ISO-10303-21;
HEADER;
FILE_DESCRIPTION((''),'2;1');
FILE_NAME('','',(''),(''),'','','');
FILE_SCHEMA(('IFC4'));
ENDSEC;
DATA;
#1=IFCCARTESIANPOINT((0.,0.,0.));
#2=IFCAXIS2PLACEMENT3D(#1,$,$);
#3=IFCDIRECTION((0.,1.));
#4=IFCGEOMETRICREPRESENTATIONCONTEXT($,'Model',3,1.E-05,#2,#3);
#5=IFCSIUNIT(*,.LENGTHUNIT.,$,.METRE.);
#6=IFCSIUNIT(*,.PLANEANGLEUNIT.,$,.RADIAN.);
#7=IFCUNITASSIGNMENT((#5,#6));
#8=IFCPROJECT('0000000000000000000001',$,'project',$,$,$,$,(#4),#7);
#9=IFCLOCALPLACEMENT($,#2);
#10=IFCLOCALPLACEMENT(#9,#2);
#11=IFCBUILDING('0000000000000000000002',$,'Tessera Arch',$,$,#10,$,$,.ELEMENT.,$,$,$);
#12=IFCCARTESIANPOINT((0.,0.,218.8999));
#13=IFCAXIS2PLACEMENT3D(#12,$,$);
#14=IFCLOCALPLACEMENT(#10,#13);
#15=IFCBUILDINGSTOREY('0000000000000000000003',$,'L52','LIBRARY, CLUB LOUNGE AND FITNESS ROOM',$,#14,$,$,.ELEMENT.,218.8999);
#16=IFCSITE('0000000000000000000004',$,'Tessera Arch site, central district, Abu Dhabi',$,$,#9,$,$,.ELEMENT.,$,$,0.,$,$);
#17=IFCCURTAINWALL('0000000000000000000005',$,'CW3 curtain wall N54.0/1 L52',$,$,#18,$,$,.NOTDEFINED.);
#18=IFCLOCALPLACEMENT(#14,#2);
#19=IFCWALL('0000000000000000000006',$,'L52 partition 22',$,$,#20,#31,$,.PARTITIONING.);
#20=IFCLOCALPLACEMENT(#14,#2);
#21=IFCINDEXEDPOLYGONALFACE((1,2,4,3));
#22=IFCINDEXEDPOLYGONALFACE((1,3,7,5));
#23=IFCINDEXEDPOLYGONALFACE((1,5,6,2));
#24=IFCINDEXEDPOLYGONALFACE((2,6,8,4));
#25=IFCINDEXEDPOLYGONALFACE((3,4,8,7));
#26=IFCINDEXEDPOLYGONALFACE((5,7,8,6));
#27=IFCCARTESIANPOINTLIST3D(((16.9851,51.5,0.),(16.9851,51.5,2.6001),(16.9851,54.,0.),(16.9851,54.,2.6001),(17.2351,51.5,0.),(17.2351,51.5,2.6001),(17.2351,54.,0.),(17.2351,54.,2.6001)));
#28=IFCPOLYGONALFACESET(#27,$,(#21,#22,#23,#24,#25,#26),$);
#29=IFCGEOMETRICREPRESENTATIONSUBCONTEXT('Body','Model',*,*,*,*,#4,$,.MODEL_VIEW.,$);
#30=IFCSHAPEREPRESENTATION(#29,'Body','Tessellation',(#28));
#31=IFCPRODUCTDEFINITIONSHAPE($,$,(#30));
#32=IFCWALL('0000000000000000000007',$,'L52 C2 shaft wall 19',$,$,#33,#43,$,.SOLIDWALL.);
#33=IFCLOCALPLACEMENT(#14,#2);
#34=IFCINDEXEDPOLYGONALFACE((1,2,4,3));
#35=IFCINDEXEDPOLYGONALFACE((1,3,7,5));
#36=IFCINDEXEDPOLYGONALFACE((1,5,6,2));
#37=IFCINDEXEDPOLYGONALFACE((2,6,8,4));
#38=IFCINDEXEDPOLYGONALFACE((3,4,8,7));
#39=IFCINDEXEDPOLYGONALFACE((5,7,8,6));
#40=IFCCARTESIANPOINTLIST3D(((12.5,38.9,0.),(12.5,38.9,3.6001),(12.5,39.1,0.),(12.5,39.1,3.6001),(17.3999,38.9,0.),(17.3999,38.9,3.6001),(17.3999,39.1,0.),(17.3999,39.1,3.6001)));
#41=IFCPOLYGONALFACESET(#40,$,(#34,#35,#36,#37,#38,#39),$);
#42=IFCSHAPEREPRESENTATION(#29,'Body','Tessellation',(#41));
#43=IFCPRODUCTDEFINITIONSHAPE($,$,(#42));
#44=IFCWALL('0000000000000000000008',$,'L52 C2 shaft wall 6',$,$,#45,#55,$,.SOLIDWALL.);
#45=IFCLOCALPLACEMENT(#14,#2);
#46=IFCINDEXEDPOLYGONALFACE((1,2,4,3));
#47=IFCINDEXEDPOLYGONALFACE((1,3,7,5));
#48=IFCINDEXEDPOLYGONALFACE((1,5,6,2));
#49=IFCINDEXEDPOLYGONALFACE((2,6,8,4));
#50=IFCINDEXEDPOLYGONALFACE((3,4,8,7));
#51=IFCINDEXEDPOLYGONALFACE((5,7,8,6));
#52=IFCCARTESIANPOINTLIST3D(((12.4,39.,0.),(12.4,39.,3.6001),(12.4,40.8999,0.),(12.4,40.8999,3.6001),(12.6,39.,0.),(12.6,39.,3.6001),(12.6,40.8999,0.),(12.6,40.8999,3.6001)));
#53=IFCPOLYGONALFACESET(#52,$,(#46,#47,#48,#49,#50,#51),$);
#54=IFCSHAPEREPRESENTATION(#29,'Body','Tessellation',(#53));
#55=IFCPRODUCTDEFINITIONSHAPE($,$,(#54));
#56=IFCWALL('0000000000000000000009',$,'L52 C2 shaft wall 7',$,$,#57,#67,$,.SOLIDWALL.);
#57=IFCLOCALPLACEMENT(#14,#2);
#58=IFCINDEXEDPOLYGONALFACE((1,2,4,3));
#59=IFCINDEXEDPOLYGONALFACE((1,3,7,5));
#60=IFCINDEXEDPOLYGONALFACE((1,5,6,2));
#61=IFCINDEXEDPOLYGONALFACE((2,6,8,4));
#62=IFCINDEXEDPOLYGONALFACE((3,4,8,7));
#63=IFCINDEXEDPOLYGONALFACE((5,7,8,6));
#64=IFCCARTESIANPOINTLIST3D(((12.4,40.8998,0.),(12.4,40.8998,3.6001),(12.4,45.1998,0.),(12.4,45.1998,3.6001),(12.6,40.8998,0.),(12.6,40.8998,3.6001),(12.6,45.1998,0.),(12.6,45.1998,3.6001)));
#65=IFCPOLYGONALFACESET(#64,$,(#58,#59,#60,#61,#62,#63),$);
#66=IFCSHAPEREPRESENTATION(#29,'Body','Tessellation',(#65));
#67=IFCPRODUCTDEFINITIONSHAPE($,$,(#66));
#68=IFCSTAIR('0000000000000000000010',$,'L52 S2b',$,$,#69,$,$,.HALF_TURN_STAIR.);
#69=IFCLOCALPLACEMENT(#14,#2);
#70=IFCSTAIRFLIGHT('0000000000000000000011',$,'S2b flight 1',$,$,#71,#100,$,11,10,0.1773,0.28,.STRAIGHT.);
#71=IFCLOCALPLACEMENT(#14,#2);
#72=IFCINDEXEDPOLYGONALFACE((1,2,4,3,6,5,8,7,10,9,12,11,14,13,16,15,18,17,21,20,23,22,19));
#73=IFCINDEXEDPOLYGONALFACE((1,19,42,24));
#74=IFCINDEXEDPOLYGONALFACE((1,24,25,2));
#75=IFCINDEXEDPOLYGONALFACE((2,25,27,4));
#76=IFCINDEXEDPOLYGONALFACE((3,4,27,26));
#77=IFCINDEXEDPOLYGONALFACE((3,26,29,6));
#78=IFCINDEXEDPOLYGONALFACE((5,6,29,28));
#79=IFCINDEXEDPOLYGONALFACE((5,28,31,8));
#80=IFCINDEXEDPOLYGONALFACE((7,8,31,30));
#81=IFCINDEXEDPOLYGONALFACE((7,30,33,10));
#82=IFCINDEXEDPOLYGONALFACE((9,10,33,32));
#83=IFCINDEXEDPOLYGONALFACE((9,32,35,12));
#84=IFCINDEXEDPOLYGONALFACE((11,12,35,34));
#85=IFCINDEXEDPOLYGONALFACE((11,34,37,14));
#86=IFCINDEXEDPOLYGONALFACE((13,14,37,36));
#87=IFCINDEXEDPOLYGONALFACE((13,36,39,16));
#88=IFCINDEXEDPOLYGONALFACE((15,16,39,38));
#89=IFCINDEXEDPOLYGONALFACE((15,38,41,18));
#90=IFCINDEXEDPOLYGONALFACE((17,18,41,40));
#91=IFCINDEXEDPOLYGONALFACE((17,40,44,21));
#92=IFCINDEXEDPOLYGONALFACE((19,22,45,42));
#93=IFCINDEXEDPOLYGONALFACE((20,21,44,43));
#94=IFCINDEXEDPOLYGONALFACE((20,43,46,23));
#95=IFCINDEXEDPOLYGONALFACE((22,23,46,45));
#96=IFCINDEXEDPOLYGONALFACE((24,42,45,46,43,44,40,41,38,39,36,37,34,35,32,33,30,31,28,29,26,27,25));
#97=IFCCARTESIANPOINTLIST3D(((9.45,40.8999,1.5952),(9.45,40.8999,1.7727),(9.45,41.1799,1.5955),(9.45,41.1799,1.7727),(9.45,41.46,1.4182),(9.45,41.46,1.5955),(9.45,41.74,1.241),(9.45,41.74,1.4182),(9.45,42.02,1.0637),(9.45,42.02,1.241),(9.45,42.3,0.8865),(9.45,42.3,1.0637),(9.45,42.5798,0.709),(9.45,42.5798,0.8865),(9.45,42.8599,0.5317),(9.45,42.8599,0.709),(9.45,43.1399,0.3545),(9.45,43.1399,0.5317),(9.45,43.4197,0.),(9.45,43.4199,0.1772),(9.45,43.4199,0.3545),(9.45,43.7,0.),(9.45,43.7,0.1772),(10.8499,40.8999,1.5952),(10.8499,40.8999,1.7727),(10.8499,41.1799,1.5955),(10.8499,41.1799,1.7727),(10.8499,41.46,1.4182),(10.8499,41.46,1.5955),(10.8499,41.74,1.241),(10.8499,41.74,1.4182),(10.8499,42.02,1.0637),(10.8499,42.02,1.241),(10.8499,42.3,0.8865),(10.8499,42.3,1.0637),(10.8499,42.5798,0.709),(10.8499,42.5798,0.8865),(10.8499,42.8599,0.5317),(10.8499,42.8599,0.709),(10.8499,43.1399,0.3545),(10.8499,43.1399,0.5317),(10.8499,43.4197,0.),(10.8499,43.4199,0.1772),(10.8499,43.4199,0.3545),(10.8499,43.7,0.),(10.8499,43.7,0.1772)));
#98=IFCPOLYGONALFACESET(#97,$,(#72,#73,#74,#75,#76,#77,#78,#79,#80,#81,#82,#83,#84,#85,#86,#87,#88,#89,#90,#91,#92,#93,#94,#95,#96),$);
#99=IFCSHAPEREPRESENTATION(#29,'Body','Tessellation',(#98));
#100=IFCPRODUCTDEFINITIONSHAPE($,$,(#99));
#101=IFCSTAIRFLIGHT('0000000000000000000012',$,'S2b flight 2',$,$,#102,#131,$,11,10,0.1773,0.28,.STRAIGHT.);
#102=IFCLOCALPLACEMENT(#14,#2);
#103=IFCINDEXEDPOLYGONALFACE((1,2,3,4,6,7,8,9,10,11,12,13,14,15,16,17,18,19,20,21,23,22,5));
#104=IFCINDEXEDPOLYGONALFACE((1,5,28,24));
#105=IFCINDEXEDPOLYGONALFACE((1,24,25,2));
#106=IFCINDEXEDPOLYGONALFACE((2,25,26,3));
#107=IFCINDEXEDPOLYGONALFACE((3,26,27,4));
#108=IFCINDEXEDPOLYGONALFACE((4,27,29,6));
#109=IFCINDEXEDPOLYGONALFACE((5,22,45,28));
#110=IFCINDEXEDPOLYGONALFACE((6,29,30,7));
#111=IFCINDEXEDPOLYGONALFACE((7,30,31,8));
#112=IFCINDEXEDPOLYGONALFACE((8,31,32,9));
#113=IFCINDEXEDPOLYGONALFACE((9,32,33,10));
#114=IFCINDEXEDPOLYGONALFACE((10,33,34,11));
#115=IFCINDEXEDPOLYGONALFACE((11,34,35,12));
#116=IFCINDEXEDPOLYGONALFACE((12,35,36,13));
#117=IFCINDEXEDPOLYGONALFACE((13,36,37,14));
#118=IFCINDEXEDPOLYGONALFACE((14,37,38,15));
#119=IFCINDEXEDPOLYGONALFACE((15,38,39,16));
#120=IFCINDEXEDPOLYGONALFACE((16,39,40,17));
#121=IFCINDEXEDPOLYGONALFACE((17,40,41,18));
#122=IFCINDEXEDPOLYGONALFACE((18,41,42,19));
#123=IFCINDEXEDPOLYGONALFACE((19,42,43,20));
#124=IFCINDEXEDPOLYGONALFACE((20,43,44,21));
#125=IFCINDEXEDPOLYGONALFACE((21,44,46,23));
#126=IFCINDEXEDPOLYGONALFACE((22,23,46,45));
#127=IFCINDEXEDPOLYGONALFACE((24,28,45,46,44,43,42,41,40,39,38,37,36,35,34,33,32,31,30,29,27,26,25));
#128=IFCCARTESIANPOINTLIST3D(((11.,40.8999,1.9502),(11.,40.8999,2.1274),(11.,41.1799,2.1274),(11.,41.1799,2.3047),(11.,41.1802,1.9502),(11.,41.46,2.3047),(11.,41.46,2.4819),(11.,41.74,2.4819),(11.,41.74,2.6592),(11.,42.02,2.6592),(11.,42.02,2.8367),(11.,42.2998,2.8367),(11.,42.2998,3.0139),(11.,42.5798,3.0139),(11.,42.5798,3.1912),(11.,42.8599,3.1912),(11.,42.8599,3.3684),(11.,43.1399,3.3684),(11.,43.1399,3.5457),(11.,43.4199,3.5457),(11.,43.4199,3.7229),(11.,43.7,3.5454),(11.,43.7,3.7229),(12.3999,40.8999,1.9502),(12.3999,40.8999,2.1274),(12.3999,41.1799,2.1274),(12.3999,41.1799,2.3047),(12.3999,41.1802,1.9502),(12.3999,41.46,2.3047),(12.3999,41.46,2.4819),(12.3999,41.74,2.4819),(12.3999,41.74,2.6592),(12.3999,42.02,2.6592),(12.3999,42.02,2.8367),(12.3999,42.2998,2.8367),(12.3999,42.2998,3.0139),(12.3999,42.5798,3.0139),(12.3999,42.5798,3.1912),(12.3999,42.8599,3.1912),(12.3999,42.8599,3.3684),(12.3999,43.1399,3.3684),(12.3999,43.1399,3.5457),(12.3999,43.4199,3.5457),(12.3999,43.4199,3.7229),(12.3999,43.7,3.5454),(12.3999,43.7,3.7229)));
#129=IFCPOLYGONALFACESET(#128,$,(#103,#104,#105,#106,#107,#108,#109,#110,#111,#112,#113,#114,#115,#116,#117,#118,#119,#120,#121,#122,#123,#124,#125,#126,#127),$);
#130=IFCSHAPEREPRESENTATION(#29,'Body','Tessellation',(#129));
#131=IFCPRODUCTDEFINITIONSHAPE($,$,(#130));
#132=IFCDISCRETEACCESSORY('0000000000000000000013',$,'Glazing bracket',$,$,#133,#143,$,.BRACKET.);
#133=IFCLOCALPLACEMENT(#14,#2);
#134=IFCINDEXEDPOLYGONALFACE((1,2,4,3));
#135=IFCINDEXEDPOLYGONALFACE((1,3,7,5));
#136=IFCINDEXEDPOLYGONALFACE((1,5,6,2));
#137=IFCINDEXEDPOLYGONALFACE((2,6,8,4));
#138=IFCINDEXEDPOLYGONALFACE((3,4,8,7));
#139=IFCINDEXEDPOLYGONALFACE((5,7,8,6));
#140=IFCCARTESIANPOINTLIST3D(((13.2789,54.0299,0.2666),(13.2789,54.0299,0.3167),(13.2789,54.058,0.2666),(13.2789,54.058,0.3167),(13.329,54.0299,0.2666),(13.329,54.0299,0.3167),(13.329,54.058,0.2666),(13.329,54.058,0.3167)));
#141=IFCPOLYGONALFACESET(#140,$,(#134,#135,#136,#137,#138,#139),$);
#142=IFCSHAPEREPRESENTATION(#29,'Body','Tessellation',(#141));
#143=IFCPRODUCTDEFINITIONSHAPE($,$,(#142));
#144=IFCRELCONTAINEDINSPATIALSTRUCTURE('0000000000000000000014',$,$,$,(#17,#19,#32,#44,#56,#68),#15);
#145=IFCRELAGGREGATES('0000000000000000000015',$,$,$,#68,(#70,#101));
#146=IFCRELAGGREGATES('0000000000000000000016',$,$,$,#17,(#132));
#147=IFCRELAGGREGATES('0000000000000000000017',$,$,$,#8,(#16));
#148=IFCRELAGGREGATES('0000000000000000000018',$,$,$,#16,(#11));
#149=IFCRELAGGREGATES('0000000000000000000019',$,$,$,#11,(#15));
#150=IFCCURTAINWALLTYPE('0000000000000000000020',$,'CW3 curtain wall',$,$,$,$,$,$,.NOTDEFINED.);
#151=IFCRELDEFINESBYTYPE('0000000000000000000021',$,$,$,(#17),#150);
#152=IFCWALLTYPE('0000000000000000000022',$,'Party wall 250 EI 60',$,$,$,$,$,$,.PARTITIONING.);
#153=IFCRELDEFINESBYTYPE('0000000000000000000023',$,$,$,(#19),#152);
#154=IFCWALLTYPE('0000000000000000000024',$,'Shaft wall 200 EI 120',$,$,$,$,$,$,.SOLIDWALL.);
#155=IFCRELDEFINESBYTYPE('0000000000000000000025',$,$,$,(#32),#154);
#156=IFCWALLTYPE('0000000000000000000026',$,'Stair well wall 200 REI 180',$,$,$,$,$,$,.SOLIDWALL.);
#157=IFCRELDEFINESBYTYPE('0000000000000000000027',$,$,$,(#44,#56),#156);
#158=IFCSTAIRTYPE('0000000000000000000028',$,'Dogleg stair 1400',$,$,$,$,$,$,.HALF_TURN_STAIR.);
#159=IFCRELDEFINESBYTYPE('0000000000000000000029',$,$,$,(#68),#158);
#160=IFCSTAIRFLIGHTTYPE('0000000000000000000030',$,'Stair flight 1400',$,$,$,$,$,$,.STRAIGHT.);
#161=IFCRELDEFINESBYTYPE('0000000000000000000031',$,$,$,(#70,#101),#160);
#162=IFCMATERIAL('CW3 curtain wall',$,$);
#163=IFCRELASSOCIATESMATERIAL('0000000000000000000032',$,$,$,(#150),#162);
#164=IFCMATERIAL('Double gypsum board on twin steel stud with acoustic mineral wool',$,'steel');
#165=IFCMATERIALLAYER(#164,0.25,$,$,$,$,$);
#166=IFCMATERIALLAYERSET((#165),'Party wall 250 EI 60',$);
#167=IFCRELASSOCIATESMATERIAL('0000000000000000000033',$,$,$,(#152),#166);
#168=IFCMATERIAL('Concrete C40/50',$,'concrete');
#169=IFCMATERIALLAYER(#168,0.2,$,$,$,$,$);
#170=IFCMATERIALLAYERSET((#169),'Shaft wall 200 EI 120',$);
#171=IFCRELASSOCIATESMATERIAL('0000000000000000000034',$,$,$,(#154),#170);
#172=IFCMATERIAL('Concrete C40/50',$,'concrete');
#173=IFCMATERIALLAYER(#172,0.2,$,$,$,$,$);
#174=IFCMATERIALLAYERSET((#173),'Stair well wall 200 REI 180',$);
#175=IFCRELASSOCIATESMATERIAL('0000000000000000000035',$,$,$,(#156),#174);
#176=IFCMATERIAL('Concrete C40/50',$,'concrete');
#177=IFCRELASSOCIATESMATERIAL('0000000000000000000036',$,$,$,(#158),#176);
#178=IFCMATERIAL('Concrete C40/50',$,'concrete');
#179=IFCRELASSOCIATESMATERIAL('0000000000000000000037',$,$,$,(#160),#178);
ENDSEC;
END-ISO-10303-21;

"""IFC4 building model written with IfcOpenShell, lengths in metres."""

from ifc_helpers import new_model, si_unit, direction, frame, frame_2d, origin, origin_2d, place, context, subcontext, project, spatial, polyline, rectangle, outline, extrude, material, layer, layer_set, type_object, element, aggregate, save


model = new_model("IFC4")

# Units and contexts
model_context = context("Model", 3, precision=1e-05, world=origin(), true_north=direction((0.0, 1.0)))
body_context = subcontext(model_context, "Body", "Model", "MODEL_VIEW")
ifc_project = project(units=[si_unit("LENGTHUNIT", "METRE"), si_unit("PLANEANGLEUNIT", "RADIAN")], contexts=[model_context])

# Site, building, storey
site_placement = place(None, origin())
site = spatial("IfcSite", under=ifc_project, at=site_placement, Name="Tessera Arch site, central district, Abu Dhabi", CompositionType="ELEMENT", RefElevation=0.0)
building_placement = place(site_placement, origin())
building = spatial("IfcBuilding", under=site, at=building_placement, Name="Tessera Arch", CompositionType="ELEMENT")
storey_placement = place(building_placement, frame((0.0, 0.0, 218.8999)))
storey = spatial("IfcBuildingStorey", under=building, at=storey_placement, Name="L52", Description="LIBRARY, CLUB LOUNGE AND FITNESS ROOM", CompositionType="ELEMENT", Elevation=218.8999)

# Curtain wall
ifc_material_1 = material(Name="CW3 curtain wall")
curtain_wall_type = type_object("IfcCurtainWallType", Name="CW3 curtain wall", PredefinedType="NOTDEFINED", material=ifc_material_1)
curtain_wall_placement = place(storey_placement, origin())
curtain_wall = element("IfcCurtainWall", 1, at=curtain_wall_placement, inside=storey, type_object=curtain_wall_type, Name="CW3 curtain wall N54.0/1 L52", PredefinedType="NOTDEFINED")

# Walls
ifc_material_2 = material(Name="Double gypsum board on twin steel stud with acoustic mineral wool", Category="steel")
ifc_layer_1 = layer(ifc_material_2, 0.25)
ifc_layer_set_1 = layer_set([ifc_layer_1], Name="Party wall 250 EI 60")
wall_type_1 = type_object("IfcWallType", Name="Party wall 250 EI 60", PredefinedType="PARTITIONING", material=ifc_layer_set_1)
wall_1_placement = place(storey_placement, frame((17.1101, 51.5, 0.0), z_axis=(0.0, 0.0, 1.0), x_axis=(0.0, 1.0, 0.0)))
element("IfcWall", 2, at=wall_1_placement, inside=storey, type_object=wall_type_1, Name="L52 partition 22", PredefinedType="PARTITIONING", context=body_context, shape_type="SweptSolid", body=[
    extrude(rectangle(XDim=2.5, YDim=0.25, at=frame_2d((1.25, 0.0))), origin(), (0.0, 0.0, 1.0), 2.6001),
])
ifc_material_3 = material(Name="Concrete C40/50", Category="concrete")
ifc_layer_2 = layer(ifc_material_3, 0.2)
ifc_layer_set_2 = layer_set([ifc_layer_2], Name="Shaft wall 200 EI 120")
wall_type_2 = type_object("IfcWallType", Name="Shaft wall 200 EI 120", PredefinedType="SOLIDWALL", material=ifc_layer_set_2)
wall_2_placement = place(storey_placement, frame((12.5, 39.0, 0.0), z_axis=(0.0, 0.0, 1.0), x_axis=(1.0, 0.0, 0.0)))
element("IfcWall", 3, at=wall_2_placement, inside=storey, type_object=wall_type_2, Name="L52 C2 shaft wall 19", PredefinedType="SOLIDWALL", context=body_context, shape_type="SweptSolid", body=[
    extrude(rectangle(XDim=4.8999, YDim=0.2, at=frame_2d((2.45, 0.0))), origin(), (0.0, 0.0, 1.0), 3.6001),
])
ifc_material_4 = material(Name="Concrete C40/50", Category="concrete")
ifc_layer_3 = layer(ifc_material_4, 0.2)
ifc_layer_set_3 = layer_set([ifc_layer_3], Name="Stair well wall 200 REI 180")
wall_type_3 = type_object("IfcWallType", Name="Stair well wall 200 REI 180", PredefinedType="SOLIDWALL", material=ifc_layer_set_3)
wall_3_placement = place(storey_placement, frame((12.5, 39.0, 0.0), z_axis=(0.0, 0.0, 1.0), x_axis=(0.0, 1.0, 0.0)))
element("IfcWall", 4, at=wall_3_placement, inside=storey, type_object=wall_type_3, Name="L52 C2 shaft wall 6", PredefinedType="SOLIDWALL", context=body_context, shape_type="SweptSolid", body=[
    extrude(rectangle(XDim=1.8999, YDim=0.2, at=frame_2d((0.95, 0.0))), origin(), (0.0, 0.0, 1.0), 3.6001),
])
wall_4_placement = place(storey_placement, frame((12.5, 40.8999, 0.0), z_axis=(0.0, 0.0, 1.0), x_axis=(0.0, 1.0, 0.0)))
element("IfcWall", 5, at=wall_4_placement, inside=storey, type_object=wall_type_3, Name="L52 C2 shaft wall 7", PredefinedType="SOLIDWALL", context=body_context, shape_type="SweptSolid", body=[
    extrude(rectangle(XDim=4.3, YDim=0.2, at=frame_2d((2.1499, 0.0))), origin(), (0.0, 0.0, 1.0), 3.6001),
])

# Stair, stair flights
ifc_material_5 = material(Name="Concrete C40/50", Category="concrete")
stair_type = type_object("IfcStairType", Name="Dogleg stair 1400", PredefinedType="HALF_TURN_STAIR", material=ifc_material_5)
stair_placement = place(storey_placement, origin())
stair = element("IfcStair", 6, at=stair_placement, inside=storey, type_object=stair_type, Name="L52 S2b", PredefinedType="HALF_TURN_STAIR")
ifc_material_6 = material(Name="Concrete C40/50", Category="concrete")
stair_flight_type = type_object("IfcStairFlightType", Name="Stair flight 1400", PredefinedType="STRAIGHT", material=ifc_material_6)
stair_flight_1_placement = place(storey_placement, frame((10.1499, 43.7, 0.0), z_axis=(0.0, 0.0, 1.0), x_axis=(0.0, -1.0, 0.0)))
stair_flight_1 = element("IfcStairFlight", 7, at=stair_flight_1_placement, type_object=stair_flight_type, Name="S2b flight 1", NumberOfRisers=11, NumberOfTreads=10, PredefinedType="STRAIGHT", RiserHeight=0.1773, TreadLength=0.28, context=body_context, shape_type="SweptSolid", body=[
    extrude(outline(polyline([(0.0, 0.0), (0.0, 0.1772), (0.28, 0.1772), (0.28, 0.3545), (0.5601, 0.3545), (0.5601, 0.5317), (0.8401, 0.5317), (0.8401, 0.709), (1.1201, 0.709), (1.1201, 0.8865), (1.3999, 0.8865), (1.3999, 1.0637), (1.6799, 1.0637), (1.6799, 1.241), (1.96, 1.241), (1.96, 1.4182), (2.24, 1.4182), (2.24, 1.5955), (2.52, 1.5955), (2.52, 1.7727), (2.8, 1.7727), (2.8, 1.95), (2.8, 1.5952), (0.2803, 0.0), (0.0, 0.0)])), frame((0.0, 0.7, 0.0), z_axis=(0.0, -1.0, 0.0), x_axis=(1.0, 0.0, 0.0)), (0.0, 0.0, 1.0), 1.3999),
])
stair_flight_2_placement = place(storey_placement, frame((11.7, 40.8999, 1.9502), z_axis=(0.0, 0.0, 1.0), x_axis=(0.0, 1.0, 0.0)))
stair_flight_2 = element("IfcStairFlight", 8, at=stair_flight_2_placement, type_object=stair_flight_type, Name="S2b flight 2", NumberOfRisers=11, NumberOfTreads=10, PredefinedType="STRAIGHT", RiserHeight=0.1773, TreadLength=0.28, context=body_context, shape_type="SweptSolid", body=[
    extrude(outline(polyline([(0.0, 0.0), (0.0, 0.1772), (0.28, 0.1772), (0.28, 0.3545), (0.5601, 0.3545), (0.5601, 0.5317), (0.8401, 0.5317), (0.8401, 0.709), (1.1201, 0.709), (1.1201, 0.8865), (1.3999, 0.8865), (1.3999, 1.0637), (1.6799, 1.0637), (1.6799, 1.241), (1.96, 1.241), (1.96, 1.4182), (2.24, 1.4182), (2.24, 1.5955), (2.52, 1.5955), (2.52, 1.7727), (2.8, 1.7727), (2.8, 1.95), (2.8, 1.5952), (0.2803, 0.0), (0.0, 0.0)])), frame((0.0, 0.7, 0.0), z_axis=(0.0, -1.0, 0.0), x_axis=(1.0, 0.0, 0.0)), (0.0, 0.0, 1.0), 1.3999),
])
aggregate(stair, [stair_flight_1, stair_flight_2])

# Discrete accessory
discrete_accessory_placement = place(storey_placement, frame((13.304, 54.0439, 0.2666), z_axis=(0.0, 0.0, 1.0), x_axis=(-1.0, 0.0, 0.0)))
discrete_accessory = element("IfcDiscreteAccessory", 9, at=discrete_accessory_placement, Name="Glazing bracket", PredefinedType="BRACKET", context=body_context, shape_type="SweptSolid", body=[
    extrude(rectangle(XDim=0.05, YDim=0.0281, at=origin_2d()), origin(), (0.0, 0.0, 1.0), 0.05),
])
aggregate(curtain_wall, [discrete_accessory])

save(model, "model.ifc")
